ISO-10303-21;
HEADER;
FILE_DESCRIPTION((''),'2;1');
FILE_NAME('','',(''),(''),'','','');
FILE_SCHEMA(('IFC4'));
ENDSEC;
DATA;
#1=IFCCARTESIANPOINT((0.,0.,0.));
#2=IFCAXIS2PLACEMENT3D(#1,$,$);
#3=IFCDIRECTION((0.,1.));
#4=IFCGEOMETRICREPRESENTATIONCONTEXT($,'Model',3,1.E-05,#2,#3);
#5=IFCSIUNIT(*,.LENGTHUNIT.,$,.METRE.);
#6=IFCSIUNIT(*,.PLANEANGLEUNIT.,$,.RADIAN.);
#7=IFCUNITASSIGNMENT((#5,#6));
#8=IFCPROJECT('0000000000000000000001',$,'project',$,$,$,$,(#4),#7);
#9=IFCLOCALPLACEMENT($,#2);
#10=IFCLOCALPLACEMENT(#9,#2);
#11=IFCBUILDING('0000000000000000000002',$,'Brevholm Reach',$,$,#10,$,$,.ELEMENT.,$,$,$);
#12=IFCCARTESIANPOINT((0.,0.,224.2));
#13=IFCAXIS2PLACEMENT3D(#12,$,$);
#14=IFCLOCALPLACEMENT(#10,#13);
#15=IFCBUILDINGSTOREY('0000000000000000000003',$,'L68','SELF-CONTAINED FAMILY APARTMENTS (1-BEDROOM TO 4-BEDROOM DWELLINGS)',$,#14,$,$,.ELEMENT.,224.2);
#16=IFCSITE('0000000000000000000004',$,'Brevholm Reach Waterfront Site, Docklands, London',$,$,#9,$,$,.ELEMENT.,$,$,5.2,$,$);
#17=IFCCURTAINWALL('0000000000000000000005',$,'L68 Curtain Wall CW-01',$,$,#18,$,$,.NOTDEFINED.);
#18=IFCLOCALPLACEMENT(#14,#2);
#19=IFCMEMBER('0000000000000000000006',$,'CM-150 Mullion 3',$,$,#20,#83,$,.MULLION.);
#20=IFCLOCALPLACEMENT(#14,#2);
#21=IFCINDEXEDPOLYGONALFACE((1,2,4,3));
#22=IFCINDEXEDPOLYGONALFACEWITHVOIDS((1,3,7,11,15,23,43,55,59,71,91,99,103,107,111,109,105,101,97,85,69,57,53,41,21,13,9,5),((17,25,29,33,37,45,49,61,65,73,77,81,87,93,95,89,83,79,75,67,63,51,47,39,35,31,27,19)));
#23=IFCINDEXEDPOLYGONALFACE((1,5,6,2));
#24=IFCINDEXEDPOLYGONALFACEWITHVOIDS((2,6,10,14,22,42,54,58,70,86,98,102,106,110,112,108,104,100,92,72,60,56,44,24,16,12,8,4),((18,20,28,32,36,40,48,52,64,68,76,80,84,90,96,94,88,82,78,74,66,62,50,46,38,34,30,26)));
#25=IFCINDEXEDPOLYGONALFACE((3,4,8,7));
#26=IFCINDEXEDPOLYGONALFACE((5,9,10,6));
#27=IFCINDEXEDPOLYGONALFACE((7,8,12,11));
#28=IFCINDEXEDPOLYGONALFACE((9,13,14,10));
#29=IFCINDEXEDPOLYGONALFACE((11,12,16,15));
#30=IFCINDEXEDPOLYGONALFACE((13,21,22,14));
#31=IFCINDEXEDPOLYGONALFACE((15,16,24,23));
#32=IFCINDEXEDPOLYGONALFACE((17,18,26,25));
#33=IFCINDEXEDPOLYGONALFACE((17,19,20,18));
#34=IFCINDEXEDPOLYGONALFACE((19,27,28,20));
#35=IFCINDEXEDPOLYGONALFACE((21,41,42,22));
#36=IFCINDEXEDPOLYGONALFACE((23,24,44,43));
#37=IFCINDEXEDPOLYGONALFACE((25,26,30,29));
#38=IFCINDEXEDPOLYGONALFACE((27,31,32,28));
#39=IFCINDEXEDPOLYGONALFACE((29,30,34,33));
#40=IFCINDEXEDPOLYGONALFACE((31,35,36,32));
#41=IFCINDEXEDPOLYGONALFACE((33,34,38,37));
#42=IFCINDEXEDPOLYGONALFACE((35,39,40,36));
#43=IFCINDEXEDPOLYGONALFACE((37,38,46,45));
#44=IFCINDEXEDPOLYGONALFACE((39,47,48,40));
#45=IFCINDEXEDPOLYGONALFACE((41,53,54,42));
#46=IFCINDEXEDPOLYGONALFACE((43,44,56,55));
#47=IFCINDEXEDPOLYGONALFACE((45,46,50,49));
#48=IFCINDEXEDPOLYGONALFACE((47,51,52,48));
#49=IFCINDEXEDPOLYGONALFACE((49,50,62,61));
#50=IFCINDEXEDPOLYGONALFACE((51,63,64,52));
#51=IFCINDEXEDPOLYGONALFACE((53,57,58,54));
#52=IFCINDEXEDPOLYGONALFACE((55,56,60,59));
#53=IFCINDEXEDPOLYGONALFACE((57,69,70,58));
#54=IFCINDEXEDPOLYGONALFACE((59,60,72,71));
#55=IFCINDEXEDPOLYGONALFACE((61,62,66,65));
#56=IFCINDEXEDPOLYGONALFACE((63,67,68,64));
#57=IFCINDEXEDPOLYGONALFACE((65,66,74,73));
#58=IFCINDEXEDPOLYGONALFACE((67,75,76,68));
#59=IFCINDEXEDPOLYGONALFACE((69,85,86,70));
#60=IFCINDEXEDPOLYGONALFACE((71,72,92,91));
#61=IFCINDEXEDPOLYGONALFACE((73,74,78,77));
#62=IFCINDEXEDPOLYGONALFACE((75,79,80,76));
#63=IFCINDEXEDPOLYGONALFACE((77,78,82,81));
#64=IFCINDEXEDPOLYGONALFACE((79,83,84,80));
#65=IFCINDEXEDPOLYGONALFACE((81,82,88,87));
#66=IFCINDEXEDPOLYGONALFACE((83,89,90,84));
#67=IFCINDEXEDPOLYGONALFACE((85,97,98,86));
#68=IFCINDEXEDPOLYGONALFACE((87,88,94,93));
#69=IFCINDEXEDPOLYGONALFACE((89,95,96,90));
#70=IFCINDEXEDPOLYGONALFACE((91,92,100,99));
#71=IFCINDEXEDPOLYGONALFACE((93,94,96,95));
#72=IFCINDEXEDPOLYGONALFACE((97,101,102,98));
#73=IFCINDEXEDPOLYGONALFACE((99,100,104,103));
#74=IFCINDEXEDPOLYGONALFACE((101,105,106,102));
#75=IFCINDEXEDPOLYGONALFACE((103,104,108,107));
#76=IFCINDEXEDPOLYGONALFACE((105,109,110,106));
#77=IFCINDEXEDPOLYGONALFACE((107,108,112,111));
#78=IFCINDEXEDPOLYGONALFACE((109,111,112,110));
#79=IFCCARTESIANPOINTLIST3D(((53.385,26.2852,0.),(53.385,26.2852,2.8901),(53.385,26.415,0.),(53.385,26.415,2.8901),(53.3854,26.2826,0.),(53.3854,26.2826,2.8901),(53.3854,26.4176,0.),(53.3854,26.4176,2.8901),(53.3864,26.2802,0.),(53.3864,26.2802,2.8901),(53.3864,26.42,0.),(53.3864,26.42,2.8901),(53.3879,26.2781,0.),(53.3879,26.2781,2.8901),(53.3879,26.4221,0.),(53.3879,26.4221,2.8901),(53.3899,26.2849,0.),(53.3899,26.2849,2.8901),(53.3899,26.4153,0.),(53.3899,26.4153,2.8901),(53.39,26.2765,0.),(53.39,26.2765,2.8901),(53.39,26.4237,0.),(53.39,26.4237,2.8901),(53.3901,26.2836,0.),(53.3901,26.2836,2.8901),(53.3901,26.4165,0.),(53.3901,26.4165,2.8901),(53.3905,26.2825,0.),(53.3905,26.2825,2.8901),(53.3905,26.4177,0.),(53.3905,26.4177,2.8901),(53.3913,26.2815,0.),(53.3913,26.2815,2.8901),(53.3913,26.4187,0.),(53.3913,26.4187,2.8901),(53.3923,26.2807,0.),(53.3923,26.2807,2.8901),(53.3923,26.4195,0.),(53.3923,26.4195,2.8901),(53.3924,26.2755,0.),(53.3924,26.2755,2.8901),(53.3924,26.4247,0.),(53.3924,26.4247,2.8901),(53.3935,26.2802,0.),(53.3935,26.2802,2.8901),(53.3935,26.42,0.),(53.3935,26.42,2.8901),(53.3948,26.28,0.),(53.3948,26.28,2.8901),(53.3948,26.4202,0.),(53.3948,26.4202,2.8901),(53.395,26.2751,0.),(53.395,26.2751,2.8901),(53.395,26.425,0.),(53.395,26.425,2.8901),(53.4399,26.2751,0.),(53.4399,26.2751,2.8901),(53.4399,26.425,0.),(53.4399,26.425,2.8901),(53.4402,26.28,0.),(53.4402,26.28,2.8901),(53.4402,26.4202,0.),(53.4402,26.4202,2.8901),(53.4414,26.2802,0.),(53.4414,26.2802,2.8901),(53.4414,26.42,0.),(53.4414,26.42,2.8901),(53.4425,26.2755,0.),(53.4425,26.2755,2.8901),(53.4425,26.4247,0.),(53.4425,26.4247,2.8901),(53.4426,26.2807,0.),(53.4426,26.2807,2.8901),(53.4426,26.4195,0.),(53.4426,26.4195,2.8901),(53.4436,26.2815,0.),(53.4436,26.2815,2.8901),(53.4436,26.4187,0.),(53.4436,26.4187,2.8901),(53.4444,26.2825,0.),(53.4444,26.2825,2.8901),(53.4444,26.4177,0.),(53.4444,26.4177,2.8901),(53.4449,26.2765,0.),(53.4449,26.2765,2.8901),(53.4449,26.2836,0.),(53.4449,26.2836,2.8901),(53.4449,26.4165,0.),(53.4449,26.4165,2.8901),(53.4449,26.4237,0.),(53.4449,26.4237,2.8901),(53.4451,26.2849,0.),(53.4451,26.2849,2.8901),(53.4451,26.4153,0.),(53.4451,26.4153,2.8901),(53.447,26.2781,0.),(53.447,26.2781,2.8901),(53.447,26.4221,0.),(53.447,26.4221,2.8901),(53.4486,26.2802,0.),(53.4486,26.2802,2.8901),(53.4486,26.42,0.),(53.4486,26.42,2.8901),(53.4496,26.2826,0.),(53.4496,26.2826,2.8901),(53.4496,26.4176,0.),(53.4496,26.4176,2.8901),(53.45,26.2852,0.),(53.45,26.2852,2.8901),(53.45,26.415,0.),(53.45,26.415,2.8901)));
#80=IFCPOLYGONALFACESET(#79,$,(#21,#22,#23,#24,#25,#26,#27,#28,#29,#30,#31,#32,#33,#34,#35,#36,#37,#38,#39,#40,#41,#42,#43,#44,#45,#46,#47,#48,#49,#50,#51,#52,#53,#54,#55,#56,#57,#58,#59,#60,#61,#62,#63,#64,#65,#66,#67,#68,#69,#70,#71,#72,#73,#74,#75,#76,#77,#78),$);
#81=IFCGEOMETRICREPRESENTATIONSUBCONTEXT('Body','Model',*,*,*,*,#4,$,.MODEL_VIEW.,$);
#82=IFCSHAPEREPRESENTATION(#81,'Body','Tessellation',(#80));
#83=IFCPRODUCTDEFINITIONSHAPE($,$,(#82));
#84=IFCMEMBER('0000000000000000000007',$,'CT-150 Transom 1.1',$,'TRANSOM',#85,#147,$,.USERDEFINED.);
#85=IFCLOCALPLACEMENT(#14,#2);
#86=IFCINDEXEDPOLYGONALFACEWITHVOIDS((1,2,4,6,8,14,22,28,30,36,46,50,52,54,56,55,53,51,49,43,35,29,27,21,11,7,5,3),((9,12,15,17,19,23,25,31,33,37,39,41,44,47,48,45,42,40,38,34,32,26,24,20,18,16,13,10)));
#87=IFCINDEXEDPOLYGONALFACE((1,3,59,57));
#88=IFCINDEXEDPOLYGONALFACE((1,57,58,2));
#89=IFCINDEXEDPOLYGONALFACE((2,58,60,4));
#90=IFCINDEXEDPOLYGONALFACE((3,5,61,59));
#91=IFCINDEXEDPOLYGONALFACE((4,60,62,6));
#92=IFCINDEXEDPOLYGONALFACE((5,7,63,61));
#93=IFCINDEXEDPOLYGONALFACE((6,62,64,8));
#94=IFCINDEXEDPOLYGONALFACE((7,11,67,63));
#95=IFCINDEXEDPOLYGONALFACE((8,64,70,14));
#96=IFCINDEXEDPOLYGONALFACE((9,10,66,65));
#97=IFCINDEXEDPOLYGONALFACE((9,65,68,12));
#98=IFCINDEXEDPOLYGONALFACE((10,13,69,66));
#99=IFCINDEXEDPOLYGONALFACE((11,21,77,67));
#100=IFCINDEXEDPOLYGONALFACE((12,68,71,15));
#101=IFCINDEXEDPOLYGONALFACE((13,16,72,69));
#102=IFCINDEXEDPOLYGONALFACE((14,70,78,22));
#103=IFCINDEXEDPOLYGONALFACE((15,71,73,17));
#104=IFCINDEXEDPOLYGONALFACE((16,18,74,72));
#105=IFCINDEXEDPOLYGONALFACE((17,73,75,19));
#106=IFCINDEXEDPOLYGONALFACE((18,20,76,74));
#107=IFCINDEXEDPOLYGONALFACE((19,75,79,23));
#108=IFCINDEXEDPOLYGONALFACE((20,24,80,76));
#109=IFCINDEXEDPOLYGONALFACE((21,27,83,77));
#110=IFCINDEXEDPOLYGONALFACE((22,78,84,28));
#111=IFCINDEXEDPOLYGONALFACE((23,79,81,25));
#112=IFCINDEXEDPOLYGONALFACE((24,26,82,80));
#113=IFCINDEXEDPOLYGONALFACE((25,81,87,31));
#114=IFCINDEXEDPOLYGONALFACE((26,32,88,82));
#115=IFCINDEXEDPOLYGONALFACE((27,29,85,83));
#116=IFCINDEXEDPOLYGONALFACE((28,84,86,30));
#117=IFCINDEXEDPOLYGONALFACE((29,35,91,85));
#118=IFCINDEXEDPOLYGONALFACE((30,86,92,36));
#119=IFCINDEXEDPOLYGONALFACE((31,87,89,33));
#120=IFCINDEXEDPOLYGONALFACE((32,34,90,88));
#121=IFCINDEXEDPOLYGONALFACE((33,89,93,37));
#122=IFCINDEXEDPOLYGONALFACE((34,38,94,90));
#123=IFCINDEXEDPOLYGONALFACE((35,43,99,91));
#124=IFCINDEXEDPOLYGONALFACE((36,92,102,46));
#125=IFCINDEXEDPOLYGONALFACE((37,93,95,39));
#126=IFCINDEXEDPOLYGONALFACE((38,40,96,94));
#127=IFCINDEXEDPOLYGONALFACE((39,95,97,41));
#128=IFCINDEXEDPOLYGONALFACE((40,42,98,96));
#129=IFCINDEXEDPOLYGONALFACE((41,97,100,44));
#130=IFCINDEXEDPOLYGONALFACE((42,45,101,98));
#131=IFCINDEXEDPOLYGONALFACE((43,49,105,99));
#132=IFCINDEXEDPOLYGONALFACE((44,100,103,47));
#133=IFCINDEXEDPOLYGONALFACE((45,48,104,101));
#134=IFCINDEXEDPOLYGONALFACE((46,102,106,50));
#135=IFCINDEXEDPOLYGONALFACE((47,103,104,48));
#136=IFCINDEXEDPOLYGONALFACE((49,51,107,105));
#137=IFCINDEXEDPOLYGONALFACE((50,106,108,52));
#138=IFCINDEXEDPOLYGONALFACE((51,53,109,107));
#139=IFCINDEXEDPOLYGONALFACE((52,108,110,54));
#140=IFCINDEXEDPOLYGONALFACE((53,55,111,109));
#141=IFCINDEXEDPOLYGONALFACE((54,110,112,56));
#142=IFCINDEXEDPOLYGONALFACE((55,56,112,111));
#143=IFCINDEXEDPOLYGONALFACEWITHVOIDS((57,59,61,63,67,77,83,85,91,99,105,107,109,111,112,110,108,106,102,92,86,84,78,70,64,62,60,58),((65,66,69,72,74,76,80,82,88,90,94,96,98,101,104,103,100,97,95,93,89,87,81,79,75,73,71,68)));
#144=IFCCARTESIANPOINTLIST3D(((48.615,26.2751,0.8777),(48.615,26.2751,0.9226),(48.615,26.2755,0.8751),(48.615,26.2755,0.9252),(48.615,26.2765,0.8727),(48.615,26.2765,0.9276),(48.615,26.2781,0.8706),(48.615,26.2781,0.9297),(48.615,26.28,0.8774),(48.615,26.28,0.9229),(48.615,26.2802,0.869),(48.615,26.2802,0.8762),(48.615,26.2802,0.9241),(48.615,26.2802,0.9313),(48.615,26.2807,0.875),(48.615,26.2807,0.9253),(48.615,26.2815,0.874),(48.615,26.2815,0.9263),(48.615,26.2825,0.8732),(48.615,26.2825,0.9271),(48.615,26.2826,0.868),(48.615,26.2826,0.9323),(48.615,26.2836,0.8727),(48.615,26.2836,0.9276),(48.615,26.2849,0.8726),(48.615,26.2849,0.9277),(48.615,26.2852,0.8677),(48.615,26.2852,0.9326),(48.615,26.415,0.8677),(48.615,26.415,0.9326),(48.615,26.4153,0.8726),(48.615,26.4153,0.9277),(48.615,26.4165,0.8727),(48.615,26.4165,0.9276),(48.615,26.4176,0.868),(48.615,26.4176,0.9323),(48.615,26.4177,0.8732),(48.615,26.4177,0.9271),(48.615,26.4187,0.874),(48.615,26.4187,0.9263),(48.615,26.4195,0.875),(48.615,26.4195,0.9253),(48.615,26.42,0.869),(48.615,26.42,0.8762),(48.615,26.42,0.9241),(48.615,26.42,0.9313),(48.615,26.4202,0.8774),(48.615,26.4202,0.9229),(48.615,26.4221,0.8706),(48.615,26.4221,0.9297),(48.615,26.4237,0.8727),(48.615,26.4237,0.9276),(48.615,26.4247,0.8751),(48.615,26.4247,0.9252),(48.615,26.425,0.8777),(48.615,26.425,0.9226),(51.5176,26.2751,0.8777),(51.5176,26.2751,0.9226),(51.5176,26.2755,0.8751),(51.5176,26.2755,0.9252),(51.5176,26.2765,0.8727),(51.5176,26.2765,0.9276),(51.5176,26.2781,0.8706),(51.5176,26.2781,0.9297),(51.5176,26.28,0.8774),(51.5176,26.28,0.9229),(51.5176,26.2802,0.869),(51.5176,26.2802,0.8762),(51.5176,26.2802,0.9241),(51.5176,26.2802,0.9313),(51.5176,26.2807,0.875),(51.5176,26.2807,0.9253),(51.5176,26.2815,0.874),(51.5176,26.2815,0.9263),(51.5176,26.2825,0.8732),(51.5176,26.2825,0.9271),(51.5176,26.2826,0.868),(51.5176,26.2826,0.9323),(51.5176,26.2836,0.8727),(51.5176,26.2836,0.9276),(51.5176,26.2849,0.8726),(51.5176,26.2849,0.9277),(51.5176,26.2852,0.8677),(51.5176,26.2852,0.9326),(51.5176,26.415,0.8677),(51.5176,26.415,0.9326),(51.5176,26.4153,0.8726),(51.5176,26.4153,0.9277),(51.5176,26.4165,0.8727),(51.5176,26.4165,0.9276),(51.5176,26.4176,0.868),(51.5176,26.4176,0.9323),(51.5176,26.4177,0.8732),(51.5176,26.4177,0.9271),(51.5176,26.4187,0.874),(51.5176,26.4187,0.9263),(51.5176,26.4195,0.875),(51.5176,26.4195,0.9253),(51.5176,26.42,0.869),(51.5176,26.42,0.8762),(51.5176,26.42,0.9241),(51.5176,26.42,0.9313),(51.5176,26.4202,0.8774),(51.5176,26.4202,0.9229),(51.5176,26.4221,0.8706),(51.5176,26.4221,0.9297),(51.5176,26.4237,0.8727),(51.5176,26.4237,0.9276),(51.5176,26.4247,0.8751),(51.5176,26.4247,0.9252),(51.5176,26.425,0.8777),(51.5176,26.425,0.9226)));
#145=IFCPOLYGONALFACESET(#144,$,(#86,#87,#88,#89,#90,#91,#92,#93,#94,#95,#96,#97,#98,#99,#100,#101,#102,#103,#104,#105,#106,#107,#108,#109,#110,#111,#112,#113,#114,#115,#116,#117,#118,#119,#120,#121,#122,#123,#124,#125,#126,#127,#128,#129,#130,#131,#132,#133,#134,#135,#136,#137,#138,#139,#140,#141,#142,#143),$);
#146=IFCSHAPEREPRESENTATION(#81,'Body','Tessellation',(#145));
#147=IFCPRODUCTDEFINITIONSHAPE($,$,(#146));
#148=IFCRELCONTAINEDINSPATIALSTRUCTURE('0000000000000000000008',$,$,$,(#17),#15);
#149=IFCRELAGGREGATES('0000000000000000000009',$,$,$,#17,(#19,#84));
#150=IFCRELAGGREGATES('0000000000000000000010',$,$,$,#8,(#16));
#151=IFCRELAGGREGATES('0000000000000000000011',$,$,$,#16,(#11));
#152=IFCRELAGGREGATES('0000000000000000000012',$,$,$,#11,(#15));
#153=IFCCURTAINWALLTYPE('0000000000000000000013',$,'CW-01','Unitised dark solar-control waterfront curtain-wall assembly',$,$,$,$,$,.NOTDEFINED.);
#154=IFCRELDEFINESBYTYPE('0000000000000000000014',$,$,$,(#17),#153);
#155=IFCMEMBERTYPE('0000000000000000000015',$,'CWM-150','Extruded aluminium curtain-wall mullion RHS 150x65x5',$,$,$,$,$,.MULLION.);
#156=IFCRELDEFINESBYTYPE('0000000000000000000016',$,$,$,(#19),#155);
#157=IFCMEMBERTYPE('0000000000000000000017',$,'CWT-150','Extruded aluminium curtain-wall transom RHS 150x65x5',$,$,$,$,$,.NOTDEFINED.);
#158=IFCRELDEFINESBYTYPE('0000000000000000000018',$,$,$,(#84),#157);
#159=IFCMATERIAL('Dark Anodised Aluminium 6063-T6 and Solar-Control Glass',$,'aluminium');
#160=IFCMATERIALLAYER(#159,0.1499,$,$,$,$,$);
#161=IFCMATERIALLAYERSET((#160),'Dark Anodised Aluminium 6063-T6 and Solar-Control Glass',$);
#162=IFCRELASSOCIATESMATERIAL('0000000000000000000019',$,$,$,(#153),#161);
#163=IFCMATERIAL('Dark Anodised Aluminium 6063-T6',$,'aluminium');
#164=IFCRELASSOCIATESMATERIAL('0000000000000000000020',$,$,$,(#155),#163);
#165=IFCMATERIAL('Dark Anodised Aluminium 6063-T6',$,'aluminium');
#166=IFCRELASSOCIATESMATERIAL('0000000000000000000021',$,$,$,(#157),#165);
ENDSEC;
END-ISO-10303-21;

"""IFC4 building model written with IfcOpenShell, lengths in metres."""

from ifc_helpers import new_model, si_unit, direction, frame, origin, origin_2d, place, context, subcontext, project, spatial, hollow_rectangle, extrude, material, layer, layer_set, material_profile, profile_set, type_object, element, aggregate, save


model = new_model("IFC4")

# Units and contexts
model_context = context("Model", 3, precision=1e-05, world=origin(), true_north=direction((0.0, 1.0)))
body_context = subcontext(model_context, "Body", "Model", "MODEL_VIEW")
ifc_project = project(units=[si_unit("LENGTHUNIT", "METRE"), si_unit("PLANEANGLEUNIT", "RADIAN")], contexts=[model_context])

# Site, building, storey
site_placement = place(None, origin())
site = spatial("IfcSite", under=ifc_project, at=site_placement, Name="Brevholm Reach Waterfront Site, Docklands, London", CompositionType="ELEMENT", RefElevation=5.2)
building_placement = place(site_placement, origin())
building = spatial("IfcBuilding", under=site, at=building_placement, Name="Brevholm Reach", CompositionType="ELEMENT")
storey_placement = place(building_placement, frame((0.0, 0.0, 224.2)))
storey = spatial("IfcBuildingStorey", under=building, at=storey_placement, Name="L68", Description="SELF-CONTAINED FAMILY APARTMENTS (1-BEDROOM TO 4-BEDROOM DWELLINGS)", CompositionType="ELEMENT", Elevation=224.2)

# Curtain wall, members
ifc_material_1 = material(Name="Dark Anodised Aluminium 6063-T6 and Solar-Control Glass", Category="aluminium")
ifc_layer_1 = layer(ifc_material_1, 0.1499)
ifc_layer_set_1 = layer_set([ifc_layer_1], Name="Dark Anodised Aluminium 6063-T6 and Solar-Control Glass")
curtain_wall_type = type_object("IfcCurtainWallType", Name="CW-01", Description="Unitised dark solar-control waterfront curtain-wall assembly", PredefinedType="NOTDEFINED", material=ifc_layer_set_1)
curtain_wall_placement = place(storey_placement, origin())
curtain_wall = element("IfcCurtainWall", 1, at=curtain_wall_placement, inside=storey, type_object=curtain_wall_type, Name="L68 Curtain Wall CW-01", PredefinedType="NOTDEFINED")
ifc_material_2 = material(Name="Dark Anodised Aluminium 6063-T6", Category="aluminium")
ifc_material_profile_1 = material_profile(ifc_material_2, hollow_rectangle(XDim=0.0649, YDim=0.1499, WallThickness=0.0049, InnerFilletRadius=0.0049, OuterFilletRadius=0.01, at=origin_2d()), Name="RHS 150x65x5")
ifc_profile_set_1 = profile_set([ifc_material_profile_1], Name="Dark Anodised Aluminium 6063-T6")
member_type_1 = type_object("IfcMemberType", Name="CWM-150", Description="Extruded aluminium curtain-wall mullion RHS 150x65x5", PredefinedType="MULLION", material=ifc_profile_set_1)
member_1_placement = place(storey_placement, frame((53.4175, 26.3501, 0.0), z_axis=(0.0, 0.0, 1.0), x_axis=(1.0, 0.0, 0.0)))
member_1 = element("IfcMember", 2, at=member_1_placement, type_object=member_type_1, Name="CM-150 Mullion 3", PredefinedType="MULLION", context=body_context, shape_type="SweptSolid", body=[
    extrude(hollow_rectangle(XDim=0.0649, YDim=0.1499, WallThickness=0.0049, InnerFilletRadius=0.0049, OuterFilletRadius=0.01, at=origin_2d()), origin(), (0.0, 0.0, 1.0), 2.8901),
])
ifc_material_3 = material(Name="Dark Anodised Aluminium 6063-T6", Category="aluminium")
ifc_material_profile_2 = material_profile(ifc_material_3, hollow_rectangle(XDim=0.0649, YDim=0.1499, WallThickness=0.0049, InnerFilletRadius=0.0049, OuterFilletRadius=0.01, at=origin_2d()), Name="RHS 150x65x5")
ifc_profile_set_2 = profile_set([ifc_material_profile_2], Name="Dark Anodised Aluminium 6063-T6")
member_type_2 = type_object("IfcMemberType", Name="CWT-150", Description="Extruded aluminium curtain-wall transom RHS 150x65x5", PredefinedType="NOTDEFINED", material=ifc_profile_set_2)
member_2_placement = place(storey_placement, frame((48.615, 26.3501, 0.9001), z_axis=(1.0, 0.0, 0.0), x_axis=(0.0, 0.0, 1.0)))
member_2 = element("IfcMember", 3, at=member_2_placement, type_object=member_type_2, Name="CT-150 Transom 1.1", ObjectType="TRANSOM", PredefinedType="USERDEFINED", context=body_context, shape_type="SweptSolid", body=[
    extrude(hollow_rectangle(XDim=0.0649, YDim=0.1499, WallThickness=0.0049, InnerFilletRadius=0.0049, OuterFilletRadius=0.01, at=origin_2d()), origin(), (0.0, 0.0, 1.0), 2.9026),
])
aggregate(curtain_wall, [member_1, member_2])

save(model, "model.ifc")
